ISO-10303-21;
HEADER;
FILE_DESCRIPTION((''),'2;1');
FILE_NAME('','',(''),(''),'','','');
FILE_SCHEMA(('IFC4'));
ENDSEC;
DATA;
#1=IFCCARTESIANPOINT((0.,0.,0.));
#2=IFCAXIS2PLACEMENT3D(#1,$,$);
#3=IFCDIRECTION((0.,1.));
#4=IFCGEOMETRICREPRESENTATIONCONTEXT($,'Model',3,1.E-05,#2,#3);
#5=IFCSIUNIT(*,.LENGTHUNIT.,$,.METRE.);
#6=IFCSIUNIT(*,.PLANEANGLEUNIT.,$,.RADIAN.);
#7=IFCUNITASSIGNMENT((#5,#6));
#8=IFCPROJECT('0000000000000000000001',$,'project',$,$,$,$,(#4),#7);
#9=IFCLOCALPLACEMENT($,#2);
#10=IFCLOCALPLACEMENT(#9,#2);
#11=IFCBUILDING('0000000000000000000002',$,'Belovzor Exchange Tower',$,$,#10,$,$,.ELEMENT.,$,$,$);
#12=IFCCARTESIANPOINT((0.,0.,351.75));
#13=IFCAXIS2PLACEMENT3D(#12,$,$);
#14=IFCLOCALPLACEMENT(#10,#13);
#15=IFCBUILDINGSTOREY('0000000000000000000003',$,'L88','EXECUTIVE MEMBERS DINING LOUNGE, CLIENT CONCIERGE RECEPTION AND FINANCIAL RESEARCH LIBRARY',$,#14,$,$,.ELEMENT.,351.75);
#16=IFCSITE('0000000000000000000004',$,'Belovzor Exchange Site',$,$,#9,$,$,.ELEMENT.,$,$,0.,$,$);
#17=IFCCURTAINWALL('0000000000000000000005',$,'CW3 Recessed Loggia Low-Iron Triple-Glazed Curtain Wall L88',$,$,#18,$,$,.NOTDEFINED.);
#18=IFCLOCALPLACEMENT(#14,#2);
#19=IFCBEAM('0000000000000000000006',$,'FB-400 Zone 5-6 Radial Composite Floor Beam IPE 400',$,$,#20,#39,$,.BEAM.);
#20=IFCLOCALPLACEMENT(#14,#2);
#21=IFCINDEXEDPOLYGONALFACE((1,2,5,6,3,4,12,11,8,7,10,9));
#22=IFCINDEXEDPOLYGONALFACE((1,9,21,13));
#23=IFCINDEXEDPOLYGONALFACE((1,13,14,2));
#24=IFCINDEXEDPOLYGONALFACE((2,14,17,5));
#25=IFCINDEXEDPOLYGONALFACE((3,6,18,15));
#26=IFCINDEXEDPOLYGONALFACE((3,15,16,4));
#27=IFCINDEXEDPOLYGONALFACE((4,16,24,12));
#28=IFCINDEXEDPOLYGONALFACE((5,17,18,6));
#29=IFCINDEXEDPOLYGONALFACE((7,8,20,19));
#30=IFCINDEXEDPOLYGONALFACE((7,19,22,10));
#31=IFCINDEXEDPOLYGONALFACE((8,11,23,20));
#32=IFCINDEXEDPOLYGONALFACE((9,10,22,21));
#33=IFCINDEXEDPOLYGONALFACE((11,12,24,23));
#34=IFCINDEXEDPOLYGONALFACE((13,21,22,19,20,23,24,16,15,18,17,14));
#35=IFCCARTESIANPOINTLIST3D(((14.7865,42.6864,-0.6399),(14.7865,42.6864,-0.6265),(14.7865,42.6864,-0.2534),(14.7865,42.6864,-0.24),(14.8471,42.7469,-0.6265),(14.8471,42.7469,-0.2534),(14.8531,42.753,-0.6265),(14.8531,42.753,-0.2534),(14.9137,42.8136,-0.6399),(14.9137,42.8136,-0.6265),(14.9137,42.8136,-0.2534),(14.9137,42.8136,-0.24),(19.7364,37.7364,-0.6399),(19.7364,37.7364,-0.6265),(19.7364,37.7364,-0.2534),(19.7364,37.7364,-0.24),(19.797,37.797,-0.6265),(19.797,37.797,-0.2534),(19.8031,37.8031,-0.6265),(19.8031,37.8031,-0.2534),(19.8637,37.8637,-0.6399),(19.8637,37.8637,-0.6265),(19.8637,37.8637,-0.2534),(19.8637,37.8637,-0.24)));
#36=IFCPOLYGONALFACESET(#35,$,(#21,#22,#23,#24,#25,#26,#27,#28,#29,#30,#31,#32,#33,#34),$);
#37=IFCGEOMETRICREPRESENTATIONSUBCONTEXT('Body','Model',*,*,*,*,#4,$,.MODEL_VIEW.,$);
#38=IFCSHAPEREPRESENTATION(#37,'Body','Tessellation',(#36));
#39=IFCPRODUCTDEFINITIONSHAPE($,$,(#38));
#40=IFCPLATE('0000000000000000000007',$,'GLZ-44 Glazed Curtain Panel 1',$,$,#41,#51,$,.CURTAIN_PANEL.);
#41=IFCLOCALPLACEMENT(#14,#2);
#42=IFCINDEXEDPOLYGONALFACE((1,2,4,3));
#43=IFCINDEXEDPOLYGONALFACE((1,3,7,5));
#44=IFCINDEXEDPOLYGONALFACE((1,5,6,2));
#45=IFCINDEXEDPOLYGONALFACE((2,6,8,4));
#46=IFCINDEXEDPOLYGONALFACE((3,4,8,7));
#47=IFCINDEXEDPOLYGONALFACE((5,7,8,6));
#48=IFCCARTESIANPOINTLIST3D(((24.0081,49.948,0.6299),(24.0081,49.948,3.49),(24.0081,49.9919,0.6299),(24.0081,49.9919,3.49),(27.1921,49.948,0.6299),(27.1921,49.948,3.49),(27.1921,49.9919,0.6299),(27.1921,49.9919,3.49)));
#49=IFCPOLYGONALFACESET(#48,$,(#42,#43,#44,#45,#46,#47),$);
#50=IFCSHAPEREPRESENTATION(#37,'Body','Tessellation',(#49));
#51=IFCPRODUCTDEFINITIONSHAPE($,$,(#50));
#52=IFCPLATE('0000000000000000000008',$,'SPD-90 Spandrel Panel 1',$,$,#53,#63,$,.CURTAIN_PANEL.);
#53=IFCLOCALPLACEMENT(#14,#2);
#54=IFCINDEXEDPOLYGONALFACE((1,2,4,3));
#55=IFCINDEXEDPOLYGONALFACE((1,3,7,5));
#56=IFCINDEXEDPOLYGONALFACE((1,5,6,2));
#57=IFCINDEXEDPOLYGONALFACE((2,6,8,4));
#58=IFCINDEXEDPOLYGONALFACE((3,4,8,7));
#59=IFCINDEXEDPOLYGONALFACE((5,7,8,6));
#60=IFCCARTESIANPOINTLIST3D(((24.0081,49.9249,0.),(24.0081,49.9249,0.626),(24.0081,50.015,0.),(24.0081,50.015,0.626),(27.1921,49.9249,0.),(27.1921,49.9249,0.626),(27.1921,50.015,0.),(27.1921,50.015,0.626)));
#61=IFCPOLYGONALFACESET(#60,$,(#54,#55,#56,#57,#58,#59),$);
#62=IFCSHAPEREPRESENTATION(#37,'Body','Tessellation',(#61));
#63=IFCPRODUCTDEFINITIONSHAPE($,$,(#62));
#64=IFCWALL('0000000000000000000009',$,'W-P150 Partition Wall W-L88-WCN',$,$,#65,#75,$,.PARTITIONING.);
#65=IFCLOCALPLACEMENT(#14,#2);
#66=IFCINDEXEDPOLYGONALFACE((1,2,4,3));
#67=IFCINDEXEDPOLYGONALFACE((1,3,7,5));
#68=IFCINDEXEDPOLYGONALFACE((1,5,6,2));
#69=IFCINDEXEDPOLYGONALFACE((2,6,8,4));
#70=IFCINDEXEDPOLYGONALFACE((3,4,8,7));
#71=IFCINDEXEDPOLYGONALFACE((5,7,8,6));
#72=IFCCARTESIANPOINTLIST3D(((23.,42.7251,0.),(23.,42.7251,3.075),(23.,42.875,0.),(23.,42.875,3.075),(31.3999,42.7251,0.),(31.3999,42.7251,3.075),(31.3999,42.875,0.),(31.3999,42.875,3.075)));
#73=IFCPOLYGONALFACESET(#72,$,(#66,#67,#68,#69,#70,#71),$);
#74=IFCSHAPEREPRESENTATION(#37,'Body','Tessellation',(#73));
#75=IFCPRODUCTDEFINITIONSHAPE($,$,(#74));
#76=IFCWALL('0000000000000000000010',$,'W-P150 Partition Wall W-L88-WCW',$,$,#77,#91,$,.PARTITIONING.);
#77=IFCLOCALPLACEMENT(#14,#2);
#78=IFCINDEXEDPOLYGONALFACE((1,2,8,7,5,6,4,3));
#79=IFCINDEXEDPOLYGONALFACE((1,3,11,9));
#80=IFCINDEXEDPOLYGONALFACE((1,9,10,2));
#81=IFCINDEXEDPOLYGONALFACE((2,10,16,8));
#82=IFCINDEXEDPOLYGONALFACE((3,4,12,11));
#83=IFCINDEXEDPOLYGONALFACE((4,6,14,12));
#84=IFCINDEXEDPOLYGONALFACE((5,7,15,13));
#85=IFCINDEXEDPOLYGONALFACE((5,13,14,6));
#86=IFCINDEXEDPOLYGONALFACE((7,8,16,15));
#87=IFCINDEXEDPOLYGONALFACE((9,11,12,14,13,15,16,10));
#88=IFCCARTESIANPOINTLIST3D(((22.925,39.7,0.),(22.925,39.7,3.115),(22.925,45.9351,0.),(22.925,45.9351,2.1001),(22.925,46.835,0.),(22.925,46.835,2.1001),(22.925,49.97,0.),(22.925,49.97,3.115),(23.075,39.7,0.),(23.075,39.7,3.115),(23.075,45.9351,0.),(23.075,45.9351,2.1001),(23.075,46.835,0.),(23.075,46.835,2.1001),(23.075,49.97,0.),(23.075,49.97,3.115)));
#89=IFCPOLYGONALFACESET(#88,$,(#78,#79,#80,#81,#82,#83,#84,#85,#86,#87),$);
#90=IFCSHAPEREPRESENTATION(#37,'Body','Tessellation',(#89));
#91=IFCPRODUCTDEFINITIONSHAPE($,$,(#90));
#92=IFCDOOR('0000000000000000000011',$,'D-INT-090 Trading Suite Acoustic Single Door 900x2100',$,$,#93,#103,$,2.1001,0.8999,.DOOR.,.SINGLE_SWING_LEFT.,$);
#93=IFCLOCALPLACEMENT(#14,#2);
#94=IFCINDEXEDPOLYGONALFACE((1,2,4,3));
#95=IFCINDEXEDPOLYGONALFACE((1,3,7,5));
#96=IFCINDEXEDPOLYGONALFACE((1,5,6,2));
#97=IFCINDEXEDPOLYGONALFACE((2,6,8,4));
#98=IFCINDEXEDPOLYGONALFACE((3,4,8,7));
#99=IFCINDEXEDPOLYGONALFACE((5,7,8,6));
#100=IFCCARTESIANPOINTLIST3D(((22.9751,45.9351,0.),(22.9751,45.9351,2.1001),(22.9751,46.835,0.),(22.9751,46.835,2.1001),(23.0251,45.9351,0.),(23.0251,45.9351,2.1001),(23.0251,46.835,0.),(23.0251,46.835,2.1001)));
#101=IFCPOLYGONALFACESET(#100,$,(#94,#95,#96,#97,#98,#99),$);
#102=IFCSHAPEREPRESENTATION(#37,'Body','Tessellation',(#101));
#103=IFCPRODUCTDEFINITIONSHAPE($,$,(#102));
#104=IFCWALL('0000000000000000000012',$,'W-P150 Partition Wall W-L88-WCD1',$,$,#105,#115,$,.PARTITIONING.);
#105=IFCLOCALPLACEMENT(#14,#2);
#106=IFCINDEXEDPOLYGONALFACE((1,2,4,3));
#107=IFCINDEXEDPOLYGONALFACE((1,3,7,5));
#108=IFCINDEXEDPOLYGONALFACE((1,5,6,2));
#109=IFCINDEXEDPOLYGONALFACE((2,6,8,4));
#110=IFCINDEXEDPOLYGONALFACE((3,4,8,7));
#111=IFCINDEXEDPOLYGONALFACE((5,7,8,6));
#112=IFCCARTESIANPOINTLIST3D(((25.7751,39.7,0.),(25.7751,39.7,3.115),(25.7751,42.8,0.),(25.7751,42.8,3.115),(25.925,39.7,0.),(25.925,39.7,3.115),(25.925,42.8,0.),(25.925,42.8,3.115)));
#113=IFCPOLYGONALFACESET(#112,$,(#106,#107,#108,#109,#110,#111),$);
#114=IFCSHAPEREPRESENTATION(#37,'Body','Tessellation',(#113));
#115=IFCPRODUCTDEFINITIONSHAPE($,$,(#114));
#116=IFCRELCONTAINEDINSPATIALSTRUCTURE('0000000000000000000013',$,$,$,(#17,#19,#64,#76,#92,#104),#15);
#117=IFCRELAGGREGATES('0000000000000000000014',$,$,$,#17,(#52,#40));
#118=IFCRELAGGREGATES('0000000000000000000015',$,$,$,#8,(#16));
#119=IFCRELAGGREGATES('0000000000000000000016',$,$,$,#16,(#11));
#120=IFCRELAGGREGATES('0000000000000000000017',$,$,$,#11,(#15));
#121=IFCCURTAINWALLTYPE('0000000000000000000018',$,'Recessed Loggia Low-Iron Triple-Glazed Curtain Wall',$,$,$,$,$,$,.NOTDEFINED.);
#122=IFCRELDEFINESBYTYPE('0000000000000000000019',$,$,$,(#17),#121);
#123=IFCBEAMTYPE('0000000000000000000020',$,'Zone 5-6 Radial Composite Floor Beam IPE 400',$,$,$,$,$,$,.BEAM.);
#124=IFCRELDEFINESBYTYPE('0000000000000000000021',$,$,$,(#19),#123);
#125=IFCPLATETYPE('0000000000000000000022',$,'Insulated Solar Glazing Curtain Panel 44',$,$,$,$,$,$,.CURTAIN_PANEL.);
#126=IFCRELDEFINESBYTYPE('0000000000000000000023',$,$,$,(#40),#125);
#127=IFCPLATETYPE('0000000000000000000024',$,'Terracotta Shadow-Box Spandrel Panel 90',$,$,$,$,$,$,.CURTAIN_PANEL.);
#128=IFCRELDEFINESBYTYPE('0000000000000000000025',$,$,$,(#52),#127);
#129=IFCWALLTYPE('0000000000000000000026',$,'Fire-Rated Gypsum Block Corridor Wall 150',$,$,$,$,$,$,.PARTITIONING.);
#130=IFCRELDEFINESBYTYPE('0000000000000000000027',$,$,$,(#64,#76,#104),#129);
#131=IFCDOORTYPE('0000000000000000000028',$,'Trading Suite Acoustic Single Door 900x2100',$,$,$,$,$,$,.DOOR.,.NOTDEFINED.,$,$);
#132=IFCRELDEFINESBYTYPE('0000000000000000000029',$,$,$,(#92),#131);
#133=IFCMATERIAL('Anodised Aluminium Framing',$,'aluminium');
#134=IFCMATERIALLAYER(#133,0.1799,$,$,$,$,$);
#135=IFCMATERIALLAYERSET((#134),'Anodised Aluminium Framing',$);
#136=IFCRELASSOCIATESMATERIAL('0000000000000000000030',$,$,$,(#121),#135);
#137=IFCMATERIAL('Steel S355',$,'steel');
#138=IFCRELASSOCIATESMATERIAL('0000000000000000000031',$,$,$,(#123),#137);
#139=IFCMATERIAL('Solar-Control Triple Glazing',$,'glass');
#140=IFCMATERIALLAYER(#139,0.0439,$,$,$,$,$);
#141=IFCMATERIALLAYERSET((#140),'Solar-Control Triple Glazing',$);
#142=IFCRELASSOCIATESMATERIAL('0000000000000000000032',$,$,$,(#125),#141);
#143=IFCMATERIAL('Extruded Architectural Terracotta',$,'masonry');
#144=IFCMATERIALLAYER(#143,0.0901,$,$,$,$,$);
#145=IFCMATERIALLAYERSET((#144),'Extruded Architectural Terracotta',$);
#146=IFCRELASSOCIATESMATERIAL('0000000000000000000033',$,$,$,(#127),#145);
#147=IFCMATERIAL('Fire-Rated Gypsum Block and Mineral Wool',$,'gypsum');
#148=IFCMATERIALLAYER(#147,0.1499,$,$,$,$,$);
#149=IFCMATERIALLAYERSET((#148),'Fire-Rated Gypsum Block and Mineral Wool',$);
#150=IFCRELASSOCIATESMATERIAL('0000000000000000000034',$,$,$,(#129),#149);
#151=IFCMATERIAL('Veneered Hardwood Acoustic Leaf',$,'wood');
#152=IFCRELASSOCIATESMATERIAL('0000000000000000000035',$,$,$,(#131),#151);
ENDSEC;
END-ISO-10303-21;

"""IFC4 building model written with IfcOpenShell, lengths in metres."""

from ifc_helpers import new_model, si_unit, direction, frame, frame_2d, origin, origin_2d, place, context, subcontext, project, spatial, rectangle, i_section, extrude, material, layer, layer_set, material_profile, profile_set, type_object, element, fill, aggregate, save


model = new_model("IFC4")

# Units and contexts
model_context = context("Model", 3, precision=1e-05, world=origin(), true_north=direction((0.0, 1.0)))
body_context = subcontext(model_context, "Body", "Model", "MODEL_VIEW")
ifc_project = project(units=[si_unit("LENGTHUNIT", "METRE"), si_unit("PLANEANGLEUNIT", "RADIAN")], contexts=[model_context])

# Site, building, storey
site_placement = place(None, origin())
site = spatial("IfcSite", under=ifc_project, at=site_placement, Name="Belovzor Exchange Site", CompositionType="ELEMENT", RefElevation=0.0)
building_placement = place(site_placement, origin())
building = spatial("IfcBuilding", under=site, at=building_placement, Name="Belovzor Exchange Tower", CompositionType="ELEMENT")
storey_placement = place(building_placement, frame((0.0, 0.0, 351.75)))
storey = spatial("IfcBuildingStorey", under=building, at=storey_placement, Name="L88", Description="EXECUTIVE MEMBERS DINING LOUNGE, CLIENT CONCIERGE RECEPTION AND FINANCIAL RESEARCH LIBRARY", CompositionType="ELEMENT", Elevation=351.75)

# Curtain wall
ifc_material_1 = material(Name="Anodised Aluminium Framing", Category="aluminium")
ifc_layer_1 = layer(ifc_material_1, 0.1799)
ifc_layer_set_1 = layer_set([ifc_layer_1], Name="Anodised Aluminium Framing")
curtain_wall_type = type_object("IfcCurtainWallType", Name="Recessed Loggia Low-Iron Triple-Glazed Curtain Wall", PredefinedType="NOTDEFINED", material=ifc_layer_set_1)
curtain_wall_placement = place(storey_placement, origin())
curtain_wall = element("IfcCurtainWall", 1, at=curtain_wall_placement, inside=storey, type_object=curtain_wall_type, Name="CW3 Recessed Loggia Low-Iron Triple-Glazed Curtain Wall L88", PredefinedType="NOTDEFINED")

# Beam
ifc_material_2 = material(Name="Steel S355", Category="steel")
ifc_material_profile_1 = material_profile(ifc_material_2, i_section(OverallWidth=0.1799, OverallDepth=0.3999, WebThickness=0.0085, FlangeThickness=0.0134, at=origin_2d()))
ifc_profile_set_1 = profile_set([ifc_material_profile_1], Name="Steel S355")
beam_type_1 = type_object("IfcBeamType", Name="Zone 5-6 Radial Composite Floor Beam IPE 400", PredefinedType="BEAM", material=ifc_profile_set_1)
beam_1_placement = place(storey_placement, frame((19.8, 37.8, -0.4399), z_axis=(-0.707107, 0.707107, 0.0), x_axis=(-0.707107, -0.707107, 0.0)))
element("IfcBeam", 2, at=beam_1_placement, inside=storey, type_object=beam_type_1, Name="FB-400 Zone 5-6 Radial Composite Floor Beam IPE 400", PredefinedType="BEAM", context=body_context, shape_type="SweptSolid", body=[
    extrude(i_section(OverallWidth=0.1799, OverallDepth=0.3999, WebThickness=0.0085, FlangeThickness=0.0134, at=origin_2d()), origin(), (0.0, 0.0, 1.0), 7.0002),
])

# Plates
ifc_material_3 = material(Name="Solar-Control Triple Glazing", Category="glass")
ifc_layer_2 = layer(ifc_material_3, 0.0439)
ifc_layer_set_2 = layer_set([ifc_layer_2], Name="Solar-Control Triple Glazing")
plate_type_1 = type_object("IfcPlateType", Name="Insulated Solar Glazing Curtain Panel 44", PredefinedType="CURTAIN_PANEL", material=ifc_layer_set_2)
plate_1_placement = place(storey_placement, frame((25.6001, 49.97, 0.6299), z_axis=(0.0, 0.0, 1.0), x_axis=(1.0, 0.0, 0.0)))
plate_1 = element("IfcPlate", 3, at=plate_1_placement, type_object=plate_type_1, Name="GLZ-44 Glazed Curtain Panel 1", PredefinedType="CURTAIN_PANEL", context=body_context, shape_type="SweptSolid", body=[
    extrude(rectangle(XDim=3.1841, YDim=0.0439, at=origin_2d()), origin(), (0.0, 0.0, 1.0), 2.8601),
])
ifc_material_4 = material(Name="Extruded Architectural Terracotta", Category="masonry")
ifc_layer_3 = layer(ifc_material_4, 0.0901)
ifc_layer_set_3 = layer_set([ifc_layer_3], Name="Extruded Architectural Terracotta")
plate_type_2 = type_object("IfcPlateType", Name="Terracotta Shadow-Box Spandrel Panel 90", PredefinedType="CURTAIN_PANEL", material=ifc_layer_set_3)
plate_2_placement = place(storey_placement, frame((25.6001, 49.97, 0.0), z_axis=(0.0, 0.0, 1.0), x_axis=(1.0, 0.0, 0.0)))
plate_2 = element("IfcPlate", 4, at=plate_2_placement, type_object=plate_type_2, Name="SPD-90 Spandrel Panel 1", PredefinedType="CURTAIN_PANEL", context=body_context, shape_type="SweptSolid", body=[
    extrude(rectangle(XDim=3.1841, YDim=0.0901, at=origin_2d()), origin(), (0.0, 0.0, 1.0), 0.626),
])
aggregate(curtain_wall, [plate_2, plate_1])

# Wall
ifc_material_5 = material(Name="Fire-Rated Gypsum Block and Mineral Wool", Category="gypsum")
ifc_layer_4 = layer(ifc_material_5, 0.1499)
ifc_layer_set_4 = layer_set([ifc_layer_4], Name="Fire-Rated Gypsum Block and Mineral Wool")
wall_type_1 = type_object("IfcWallType", Name="Fire-Rated Gypsum Block Corridor Wall 150", PredefinedType="PARTITIONING", material=ifc_layer_set_4)
wall_1_placement = place(storey_placement, frame((23.0, 42.8, 0.0), z_axis=(0.0, 0.0, 1.0), x_axis=(1.0, 0.0, 0.0)))
element("IfcWall", 5, at=wall_1_placement, inside=storey, type_object=wall_type_1, Name="W-P150 Partition Wall W-L88-WCN", PredefinedType="PARTITIONING", context=body_context, shape_type="SweptSolid", body=[
    extrude(rectangle(XDim=8.3999, YDim=0.1499, at=frame_2d((4.2, 0.0))), origin(), (0.0, 0.0, 1.0), 3.075),
])

# Wall, opening, door
wall_2_placement = place(storey_placement, frame((23.0, 39.7, 0.0), z_axis=(0.0, 0.0, 1.0), x_axis=(0.0, 1.0, 0.0)))
wall_2 = element("IfcWall", 6, at=wall_2_placement, inside=storey, type_object=wall_type_1, Name="W-P150 Partition Wall W-L88-WCW", PredefinedType="PARTITIONING", context=body_context, shape_type="SweptSolid", body=[
    extrude(rectangle(XDim=10.27, YDim=0.1499, at=frame_2d((5.135, 0.0))), origin(), (0.0, 0.0, 1.0), 3.115),
])
opening_1_placement = place(wall_2_placement, frame((6.2351, 0.0, 0.0)))
opening_1 = element("IfcOpeningElement", 7, at=opening_1_placement, cuts=wall_2, PredefinedType="OPENING", context=body_context, shape_type="SweptSolid", body=[
    extrude(rectangle(XDim=0.8999, YDim=2.1001, at=frame_2d((0.45, 1.05))), frame((0.0, 0.085, 0.0), z_axis=(0.0, -1.0, 0.0), x_axis=(1.0, 0.0, 0.0)), (0.0, 0.0, 1.0), 0.1699),
])
ifc_material_6 = material(Name="Veneered Hardwood Acoustic Leaf", Category="wood")
door_type_1 = type_object("IfcDoorType", Name="Trading Suite Acoustic Single Door 900x2100", OperationType="NOTDEFINED", PredefinedType="DOOR", material=ifc_material_6)
door_1_placement = place(opening_1_placement, origin())
door_1 = element("IfcDoor", 8, at=door_1_placement, inside=storey, type_object=door_type_1, Name="D-INT-090 Trading Suite Acoustic Single Door 900x2100", OperationType="SINGLE_SWING_LEFT", OverallHeight=2.1001, OverallWidth=0.8999, PredefinedType="DOOR", context=body_context, shape_type="SweptSolid", body=[
    extrude(rectangle(XDim=0.8999, YDim=2.1001, at=frame_2d((0.45, 1.05))), frame((0.0, 0.0249, 0.0), z_axis=(0.0, -1.0, 0.0), x_axis=(1.0, 0.0, 0.0)), (0.0, 0.0, 1.0), 0.05),
])
fill(opening_1, door_1)

# Wall
wall_3_placement = place(storey_placement, frame((25.8501, 39.7, 0.0), z_axis=(0.0, 0.0, 1.0), x_axis=(0.0, 1.0, 0.0)))
element("IfcWall", 9, at=wall_3_placement, inside=storey, type_object=wall_type_1, Name="W-P150 Partition Wall W-L88-WCD1", PredefinedType="PARTITIONING", context=body_context, shape_type="SweptSolid", body=[
    extrude(rectangle(XDim=3.1001, YDim=0.1499, at=frame_2d((1.55, 0.0))), origin(), (0.0, 0.0, 1.0), 3.115),
])

save(model, "model.ifc")
